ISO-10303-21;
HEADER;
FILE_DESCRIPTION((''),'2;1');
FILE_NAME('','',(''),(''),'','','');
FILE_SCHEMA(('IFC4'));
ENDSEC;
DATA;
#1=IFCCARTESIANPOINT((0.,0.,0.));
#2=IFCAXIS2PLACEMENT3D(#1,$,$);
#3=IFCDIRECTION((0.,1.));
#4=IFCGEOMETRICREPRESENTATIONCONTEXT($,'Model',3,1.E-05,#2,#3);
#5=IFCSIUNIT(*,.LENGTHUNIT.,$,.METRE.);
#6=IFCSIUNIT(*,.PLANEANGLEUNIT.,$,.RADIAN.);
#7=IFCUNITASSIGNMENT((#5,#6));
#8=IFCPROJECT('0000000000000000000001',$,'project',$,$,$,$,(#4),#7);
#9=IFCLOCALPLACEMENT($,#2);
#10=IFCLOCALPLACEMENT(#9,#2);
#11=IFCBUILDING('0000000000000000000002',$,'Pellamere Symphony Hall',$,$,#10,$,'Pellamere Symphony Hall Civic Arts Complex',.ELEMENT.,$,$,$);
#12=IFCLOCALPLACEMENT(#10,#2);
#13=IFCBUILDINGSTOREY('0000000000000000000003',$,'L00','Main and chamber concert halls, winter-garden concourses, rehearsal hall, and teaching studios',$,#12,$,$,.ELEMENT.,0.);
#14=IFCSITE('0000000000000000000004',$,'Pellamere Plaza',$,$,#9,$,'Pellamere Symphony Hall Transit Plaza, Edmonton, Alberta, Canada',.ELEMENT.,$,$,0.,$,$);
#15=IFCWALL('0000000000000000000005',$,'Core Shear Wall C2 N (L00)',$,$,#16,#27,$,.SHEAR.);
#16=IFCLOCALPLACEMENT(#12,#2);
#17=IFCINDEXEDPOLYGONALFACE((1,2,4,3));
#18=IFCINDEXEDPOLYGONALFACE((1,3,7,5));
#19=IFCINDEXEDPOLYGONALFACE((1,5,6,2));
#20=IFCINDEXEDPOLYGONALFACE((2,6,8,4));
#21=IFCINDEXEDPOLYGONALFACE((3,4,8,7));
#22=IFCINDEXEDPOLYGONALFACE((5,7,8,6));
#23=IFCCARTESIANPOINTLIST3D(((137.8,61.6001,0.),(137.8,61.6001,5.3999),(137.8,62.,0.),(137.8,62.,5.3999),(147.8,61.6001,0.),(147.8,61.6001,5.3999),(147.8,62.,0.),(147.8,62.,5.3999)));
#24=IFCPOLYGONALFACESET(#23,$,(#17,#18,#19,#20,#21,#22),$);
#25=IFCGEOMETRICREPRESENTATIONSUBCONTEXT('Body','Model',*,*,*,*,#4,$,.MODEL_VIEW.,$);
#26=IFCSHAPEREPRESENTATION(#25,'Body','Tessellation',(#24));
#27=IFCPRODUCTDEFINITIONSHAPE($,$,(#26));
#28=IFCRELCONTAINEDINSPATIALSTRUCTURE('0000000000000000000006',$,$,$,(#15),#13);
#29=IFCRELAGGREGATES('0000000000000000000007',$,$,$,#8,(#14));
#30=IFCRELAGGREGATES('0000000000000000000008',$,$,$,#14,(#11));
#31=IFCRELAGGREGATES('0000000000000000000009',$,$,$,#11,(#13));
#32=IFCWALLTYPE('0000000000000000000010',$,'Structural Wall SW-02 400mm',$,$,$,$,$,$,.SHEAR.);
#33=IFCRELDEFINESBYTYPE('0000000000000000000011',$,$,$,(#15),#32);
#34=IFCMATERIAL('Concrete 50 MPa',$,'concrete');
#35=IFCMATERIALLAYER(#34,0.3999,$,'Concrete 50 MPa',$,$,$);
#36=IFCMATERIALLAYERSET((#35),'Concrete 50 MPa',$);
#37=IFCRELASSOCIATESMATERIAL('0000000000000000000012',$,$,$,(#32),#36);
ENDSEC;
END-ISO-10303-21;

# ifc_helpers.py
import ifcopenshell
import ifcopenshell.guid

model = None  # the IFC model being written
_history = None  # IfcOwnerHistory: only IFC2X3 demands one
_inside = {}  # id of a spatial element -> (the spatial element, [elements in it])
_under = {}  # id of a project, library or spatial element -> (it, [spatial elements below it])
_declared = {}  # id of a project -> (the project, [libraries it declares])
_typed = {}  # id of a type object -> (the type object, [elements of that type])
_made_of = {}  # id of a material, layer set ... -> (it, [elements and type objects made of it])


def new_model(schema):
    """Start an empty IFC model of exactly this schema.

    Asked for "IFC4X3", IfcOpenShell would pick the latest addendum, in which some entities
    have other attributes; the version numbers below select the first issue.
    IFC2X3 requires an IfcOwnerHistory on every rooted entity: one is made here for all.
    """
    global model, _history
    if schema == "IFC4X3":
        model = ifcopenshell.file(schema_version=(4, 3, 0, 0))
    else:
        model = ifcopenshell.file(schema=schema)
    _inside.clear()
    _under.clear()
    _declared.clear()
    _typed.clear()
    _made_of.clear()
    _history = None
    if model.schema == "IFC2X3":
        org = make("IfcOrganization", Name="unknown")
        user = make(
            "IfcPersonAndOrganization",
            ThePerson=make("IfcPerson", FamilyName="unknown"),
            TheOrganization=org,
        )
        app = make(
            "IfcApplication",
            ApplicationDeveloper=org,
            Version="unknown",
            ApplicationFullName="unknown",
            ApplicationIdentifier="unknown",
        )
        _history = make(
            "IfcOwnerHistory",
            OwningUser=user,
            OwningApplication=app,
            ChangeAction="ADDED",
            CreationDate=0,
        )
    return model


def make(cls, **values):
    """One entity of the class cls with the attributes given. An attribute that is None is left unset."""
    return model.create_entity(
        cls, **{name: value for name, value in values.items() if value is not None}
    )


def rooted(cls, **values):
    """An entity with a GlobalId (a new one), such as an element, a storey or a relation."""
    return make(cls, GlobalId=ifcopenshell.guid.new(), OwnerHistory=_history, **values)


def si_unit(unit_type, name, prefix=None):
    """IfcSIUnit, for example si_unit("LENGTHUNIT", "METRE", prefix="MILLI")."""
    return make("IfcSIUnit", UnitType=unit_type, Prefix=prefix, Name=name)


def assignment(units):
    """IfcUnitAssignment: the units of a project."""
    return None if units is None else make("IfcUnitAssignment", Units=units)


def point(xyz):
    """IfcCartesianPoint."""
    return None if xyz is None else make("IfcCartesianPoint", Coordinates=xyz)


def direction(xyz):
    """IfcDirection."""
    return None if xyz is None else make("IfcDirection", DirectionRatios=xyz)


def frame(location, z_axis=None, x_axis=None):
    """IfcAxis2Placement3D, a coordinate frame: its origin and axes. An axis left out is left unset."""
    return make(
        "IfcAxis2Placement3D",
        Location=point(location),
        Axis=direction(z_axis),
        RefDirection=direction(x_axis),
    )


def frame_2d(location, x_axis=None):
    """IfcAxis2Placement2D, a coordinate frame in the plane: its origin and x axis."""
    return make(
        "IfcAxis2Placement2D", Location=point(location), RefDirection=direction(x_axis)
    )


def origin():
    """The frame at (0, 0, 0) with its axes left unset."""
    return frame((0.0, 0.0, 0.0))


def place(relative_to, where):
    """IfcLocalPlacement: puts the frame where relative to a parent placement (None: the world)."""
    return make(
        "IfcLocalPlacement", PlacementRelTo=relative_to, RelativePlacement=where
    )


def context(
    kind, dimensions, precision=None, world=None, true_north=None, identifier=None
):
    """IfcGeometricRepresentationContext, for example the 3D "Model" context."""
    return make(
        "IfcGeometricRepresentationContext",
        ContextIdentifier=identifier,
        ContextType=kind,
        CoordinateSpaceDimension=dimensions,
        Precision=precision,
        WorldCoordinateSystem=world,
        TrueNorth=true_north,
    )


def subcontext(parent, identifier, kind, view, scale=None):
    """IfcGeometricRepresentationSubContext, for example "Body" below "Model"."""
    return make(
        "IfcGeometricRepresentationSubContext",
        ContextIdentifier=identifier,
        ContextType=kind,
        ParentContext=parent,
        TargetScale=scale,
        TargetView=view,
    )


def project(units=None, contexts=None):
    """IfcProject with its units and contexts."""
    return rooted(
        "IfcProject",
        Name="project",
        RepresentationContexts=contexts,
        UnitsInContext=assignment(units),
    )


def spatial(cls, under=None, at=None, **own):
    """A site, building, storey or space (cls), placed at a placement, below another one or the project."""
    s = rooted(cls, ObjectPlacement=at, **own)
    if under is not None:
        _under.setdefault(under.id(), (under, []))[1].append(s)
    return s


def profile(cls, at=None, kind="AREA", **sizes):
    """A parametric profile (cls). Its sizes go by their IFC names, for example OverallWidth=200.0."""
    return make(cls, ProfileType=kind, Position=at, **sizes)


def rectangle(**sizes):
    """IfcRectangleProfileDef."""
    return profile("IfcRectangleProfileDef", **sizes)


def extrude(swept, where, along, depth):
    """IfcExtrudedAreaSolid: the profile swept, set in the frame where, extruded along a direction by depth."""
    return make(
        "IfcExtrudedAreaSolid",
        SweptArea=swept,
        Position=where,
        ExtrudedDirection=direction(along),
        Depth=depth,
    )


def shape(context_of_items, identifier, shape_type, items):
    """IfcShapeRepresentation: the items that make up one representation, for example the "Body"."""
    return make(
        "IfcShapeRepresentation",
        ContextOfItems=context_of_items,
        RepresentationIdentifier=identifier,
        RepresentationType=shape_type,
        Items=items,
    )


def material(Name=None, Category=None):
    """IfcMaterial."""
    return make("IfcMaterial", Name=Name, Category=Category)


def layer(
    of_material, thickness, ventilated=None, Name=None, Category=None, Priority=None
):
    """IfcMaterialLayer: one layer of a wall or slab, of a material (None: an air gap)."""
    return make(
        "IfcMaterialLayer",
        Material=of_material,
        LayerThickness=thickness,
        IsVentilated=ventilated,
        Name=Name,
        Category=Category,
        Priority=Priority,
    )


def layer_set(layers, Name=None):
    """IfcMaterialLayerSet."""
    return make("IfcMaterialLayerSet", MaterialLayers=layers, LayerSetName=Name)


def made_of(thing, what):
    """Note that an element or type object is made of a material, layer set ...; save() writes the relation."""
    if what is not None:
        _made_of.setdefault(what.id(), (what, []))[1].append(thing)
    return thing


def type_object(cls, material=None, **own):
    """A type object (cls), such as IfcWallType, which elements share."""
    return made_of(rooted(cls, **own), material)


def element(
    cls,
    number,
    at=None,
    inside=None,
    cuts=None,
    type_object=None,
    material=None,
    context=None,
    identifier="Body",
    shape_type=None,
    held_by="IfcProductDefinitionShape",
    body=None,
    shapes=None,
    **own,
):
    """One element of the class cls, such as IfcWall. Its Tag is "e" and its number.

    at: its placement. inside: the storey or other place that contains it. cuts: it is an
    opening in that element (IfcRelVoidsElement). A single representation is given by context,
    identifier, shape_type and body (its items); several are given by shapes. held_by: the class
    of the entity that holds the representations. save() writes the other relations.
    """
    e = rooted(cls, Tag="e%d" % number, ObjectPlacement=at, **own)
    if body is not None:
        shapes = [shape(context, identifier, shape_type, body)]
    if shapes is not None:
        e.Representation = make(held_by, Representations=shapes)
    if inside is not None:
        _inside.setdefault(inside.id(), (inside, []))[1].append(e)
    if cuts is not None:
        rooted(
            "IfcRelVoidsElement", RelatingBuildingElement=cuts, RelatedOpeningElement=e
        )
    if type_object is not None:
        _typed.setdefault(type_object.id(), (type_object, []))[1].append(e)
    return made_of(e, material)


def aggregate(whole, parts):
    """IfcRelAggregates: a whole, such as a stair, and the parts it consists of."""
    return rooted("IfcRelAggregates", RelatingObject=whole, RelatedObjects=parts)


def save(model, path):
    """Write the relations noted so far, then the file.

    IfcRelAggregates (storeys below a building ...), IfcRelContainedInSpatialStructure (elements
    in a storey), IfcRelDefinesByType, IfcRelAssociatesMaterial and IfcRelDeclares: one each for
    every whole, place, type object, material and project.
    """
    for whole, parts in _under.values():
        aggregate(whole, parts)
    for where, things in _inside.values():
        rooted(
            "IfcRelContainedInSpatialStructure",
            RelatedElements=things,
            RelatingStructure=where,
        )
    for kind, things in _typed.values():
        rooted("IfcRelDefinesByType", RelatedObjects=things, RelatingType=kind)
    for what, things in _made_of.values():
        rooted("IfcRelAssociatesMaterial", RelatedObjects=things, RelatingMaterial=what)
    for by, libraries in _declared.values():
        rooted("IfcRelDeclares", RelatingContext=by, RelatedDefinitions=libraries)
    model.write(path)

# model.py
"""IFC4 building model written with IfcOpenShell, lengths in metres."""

from ifc_helpers import new_model, si_unit, direction, frame, frame_2d, origin, place, context, subcontext, project, spatial, rectangle, extrude, material, layer, layer_set, type_object, element, save


model = new_model("IFC4")

# Units and contexts
model_context = context("Model", 3, precision=1e-05, world=origin(), true_north=direction((0.0, 1.0)))
body_context = subcontext(model_context, "Body", "Model", "MODEL_VIEW")
ifc_project = project(units=[si_unit("LENGTHUNIT", "METRE"), si_unit("PLANEANGLEUNIT", "RADIAN")], contexts=[model_context])

# Site, building, storey
site_placement = place(None, origin())
site = spatial("IfcSite", under=ifc_project, at=site_placement, Name="Pellamere Plaza", LongName="Pellamere Symphony Hall Transit Plaza, Edmonton, Alberta, Canada", CompositionType="ELEMENT", RefElevation=0.0)
building_placement = place(site_placement, origin())
building = spatial("IfcBuilding", under=site, at=building_placement, Name="Pellamere Symphony Hall", LongName="Pellamere Symphony Hall Civic Arts Complex", CompositionType="ELEMENT")
storey_placement = place(building_placement, origin())
storey = spatial("IfcBuildingStorey", under=building, at=storey_placement, Name="L00", Description="Main and chamber concert halls, winter-garden concourses, rehearsal hall, and teaching studios", CompositionType="ELEMENT", Elevation=0.0)

# Wall
ifc_material_1 = material(Name="Concrete 50 MPa", Category="concrete")
ifc_layer_1 = layer(ifc_material_1, 0.3999, Name="Concrete 50 MPa")
ifc_layer_set_1 = layer_set([ifc_layer_1], Name="Concrete 50 MPa")
wall_type = type_object("IfcWallType", Name="Structural Wall SW-02 400mm", PredefinedType="SHEAR", material=ifc_layer_set_1)
wall_placement = place(storey_placement, frame((137.8, 61.8, 0.0), z_axis=(0.0, 0.0, 1.0), x_axis=(1.0, 0.0, 0.0)))
element("IfcWall", 1, at=wall_placement, inside=storey, type_object=wall_type, Name="Core Shear Wall C2 N (L00)", PredefinedType="SHEAR", context=body_context, shape_type="SweptSolid", body=[
    extrude(rectangle(XDim=10.0, YDim=0.3999, at=frame_2d((5.0, 0.0))), origin(), (0.0, 0.0, 1.0), 5.3999),
])

save(model, "model.ifc")
